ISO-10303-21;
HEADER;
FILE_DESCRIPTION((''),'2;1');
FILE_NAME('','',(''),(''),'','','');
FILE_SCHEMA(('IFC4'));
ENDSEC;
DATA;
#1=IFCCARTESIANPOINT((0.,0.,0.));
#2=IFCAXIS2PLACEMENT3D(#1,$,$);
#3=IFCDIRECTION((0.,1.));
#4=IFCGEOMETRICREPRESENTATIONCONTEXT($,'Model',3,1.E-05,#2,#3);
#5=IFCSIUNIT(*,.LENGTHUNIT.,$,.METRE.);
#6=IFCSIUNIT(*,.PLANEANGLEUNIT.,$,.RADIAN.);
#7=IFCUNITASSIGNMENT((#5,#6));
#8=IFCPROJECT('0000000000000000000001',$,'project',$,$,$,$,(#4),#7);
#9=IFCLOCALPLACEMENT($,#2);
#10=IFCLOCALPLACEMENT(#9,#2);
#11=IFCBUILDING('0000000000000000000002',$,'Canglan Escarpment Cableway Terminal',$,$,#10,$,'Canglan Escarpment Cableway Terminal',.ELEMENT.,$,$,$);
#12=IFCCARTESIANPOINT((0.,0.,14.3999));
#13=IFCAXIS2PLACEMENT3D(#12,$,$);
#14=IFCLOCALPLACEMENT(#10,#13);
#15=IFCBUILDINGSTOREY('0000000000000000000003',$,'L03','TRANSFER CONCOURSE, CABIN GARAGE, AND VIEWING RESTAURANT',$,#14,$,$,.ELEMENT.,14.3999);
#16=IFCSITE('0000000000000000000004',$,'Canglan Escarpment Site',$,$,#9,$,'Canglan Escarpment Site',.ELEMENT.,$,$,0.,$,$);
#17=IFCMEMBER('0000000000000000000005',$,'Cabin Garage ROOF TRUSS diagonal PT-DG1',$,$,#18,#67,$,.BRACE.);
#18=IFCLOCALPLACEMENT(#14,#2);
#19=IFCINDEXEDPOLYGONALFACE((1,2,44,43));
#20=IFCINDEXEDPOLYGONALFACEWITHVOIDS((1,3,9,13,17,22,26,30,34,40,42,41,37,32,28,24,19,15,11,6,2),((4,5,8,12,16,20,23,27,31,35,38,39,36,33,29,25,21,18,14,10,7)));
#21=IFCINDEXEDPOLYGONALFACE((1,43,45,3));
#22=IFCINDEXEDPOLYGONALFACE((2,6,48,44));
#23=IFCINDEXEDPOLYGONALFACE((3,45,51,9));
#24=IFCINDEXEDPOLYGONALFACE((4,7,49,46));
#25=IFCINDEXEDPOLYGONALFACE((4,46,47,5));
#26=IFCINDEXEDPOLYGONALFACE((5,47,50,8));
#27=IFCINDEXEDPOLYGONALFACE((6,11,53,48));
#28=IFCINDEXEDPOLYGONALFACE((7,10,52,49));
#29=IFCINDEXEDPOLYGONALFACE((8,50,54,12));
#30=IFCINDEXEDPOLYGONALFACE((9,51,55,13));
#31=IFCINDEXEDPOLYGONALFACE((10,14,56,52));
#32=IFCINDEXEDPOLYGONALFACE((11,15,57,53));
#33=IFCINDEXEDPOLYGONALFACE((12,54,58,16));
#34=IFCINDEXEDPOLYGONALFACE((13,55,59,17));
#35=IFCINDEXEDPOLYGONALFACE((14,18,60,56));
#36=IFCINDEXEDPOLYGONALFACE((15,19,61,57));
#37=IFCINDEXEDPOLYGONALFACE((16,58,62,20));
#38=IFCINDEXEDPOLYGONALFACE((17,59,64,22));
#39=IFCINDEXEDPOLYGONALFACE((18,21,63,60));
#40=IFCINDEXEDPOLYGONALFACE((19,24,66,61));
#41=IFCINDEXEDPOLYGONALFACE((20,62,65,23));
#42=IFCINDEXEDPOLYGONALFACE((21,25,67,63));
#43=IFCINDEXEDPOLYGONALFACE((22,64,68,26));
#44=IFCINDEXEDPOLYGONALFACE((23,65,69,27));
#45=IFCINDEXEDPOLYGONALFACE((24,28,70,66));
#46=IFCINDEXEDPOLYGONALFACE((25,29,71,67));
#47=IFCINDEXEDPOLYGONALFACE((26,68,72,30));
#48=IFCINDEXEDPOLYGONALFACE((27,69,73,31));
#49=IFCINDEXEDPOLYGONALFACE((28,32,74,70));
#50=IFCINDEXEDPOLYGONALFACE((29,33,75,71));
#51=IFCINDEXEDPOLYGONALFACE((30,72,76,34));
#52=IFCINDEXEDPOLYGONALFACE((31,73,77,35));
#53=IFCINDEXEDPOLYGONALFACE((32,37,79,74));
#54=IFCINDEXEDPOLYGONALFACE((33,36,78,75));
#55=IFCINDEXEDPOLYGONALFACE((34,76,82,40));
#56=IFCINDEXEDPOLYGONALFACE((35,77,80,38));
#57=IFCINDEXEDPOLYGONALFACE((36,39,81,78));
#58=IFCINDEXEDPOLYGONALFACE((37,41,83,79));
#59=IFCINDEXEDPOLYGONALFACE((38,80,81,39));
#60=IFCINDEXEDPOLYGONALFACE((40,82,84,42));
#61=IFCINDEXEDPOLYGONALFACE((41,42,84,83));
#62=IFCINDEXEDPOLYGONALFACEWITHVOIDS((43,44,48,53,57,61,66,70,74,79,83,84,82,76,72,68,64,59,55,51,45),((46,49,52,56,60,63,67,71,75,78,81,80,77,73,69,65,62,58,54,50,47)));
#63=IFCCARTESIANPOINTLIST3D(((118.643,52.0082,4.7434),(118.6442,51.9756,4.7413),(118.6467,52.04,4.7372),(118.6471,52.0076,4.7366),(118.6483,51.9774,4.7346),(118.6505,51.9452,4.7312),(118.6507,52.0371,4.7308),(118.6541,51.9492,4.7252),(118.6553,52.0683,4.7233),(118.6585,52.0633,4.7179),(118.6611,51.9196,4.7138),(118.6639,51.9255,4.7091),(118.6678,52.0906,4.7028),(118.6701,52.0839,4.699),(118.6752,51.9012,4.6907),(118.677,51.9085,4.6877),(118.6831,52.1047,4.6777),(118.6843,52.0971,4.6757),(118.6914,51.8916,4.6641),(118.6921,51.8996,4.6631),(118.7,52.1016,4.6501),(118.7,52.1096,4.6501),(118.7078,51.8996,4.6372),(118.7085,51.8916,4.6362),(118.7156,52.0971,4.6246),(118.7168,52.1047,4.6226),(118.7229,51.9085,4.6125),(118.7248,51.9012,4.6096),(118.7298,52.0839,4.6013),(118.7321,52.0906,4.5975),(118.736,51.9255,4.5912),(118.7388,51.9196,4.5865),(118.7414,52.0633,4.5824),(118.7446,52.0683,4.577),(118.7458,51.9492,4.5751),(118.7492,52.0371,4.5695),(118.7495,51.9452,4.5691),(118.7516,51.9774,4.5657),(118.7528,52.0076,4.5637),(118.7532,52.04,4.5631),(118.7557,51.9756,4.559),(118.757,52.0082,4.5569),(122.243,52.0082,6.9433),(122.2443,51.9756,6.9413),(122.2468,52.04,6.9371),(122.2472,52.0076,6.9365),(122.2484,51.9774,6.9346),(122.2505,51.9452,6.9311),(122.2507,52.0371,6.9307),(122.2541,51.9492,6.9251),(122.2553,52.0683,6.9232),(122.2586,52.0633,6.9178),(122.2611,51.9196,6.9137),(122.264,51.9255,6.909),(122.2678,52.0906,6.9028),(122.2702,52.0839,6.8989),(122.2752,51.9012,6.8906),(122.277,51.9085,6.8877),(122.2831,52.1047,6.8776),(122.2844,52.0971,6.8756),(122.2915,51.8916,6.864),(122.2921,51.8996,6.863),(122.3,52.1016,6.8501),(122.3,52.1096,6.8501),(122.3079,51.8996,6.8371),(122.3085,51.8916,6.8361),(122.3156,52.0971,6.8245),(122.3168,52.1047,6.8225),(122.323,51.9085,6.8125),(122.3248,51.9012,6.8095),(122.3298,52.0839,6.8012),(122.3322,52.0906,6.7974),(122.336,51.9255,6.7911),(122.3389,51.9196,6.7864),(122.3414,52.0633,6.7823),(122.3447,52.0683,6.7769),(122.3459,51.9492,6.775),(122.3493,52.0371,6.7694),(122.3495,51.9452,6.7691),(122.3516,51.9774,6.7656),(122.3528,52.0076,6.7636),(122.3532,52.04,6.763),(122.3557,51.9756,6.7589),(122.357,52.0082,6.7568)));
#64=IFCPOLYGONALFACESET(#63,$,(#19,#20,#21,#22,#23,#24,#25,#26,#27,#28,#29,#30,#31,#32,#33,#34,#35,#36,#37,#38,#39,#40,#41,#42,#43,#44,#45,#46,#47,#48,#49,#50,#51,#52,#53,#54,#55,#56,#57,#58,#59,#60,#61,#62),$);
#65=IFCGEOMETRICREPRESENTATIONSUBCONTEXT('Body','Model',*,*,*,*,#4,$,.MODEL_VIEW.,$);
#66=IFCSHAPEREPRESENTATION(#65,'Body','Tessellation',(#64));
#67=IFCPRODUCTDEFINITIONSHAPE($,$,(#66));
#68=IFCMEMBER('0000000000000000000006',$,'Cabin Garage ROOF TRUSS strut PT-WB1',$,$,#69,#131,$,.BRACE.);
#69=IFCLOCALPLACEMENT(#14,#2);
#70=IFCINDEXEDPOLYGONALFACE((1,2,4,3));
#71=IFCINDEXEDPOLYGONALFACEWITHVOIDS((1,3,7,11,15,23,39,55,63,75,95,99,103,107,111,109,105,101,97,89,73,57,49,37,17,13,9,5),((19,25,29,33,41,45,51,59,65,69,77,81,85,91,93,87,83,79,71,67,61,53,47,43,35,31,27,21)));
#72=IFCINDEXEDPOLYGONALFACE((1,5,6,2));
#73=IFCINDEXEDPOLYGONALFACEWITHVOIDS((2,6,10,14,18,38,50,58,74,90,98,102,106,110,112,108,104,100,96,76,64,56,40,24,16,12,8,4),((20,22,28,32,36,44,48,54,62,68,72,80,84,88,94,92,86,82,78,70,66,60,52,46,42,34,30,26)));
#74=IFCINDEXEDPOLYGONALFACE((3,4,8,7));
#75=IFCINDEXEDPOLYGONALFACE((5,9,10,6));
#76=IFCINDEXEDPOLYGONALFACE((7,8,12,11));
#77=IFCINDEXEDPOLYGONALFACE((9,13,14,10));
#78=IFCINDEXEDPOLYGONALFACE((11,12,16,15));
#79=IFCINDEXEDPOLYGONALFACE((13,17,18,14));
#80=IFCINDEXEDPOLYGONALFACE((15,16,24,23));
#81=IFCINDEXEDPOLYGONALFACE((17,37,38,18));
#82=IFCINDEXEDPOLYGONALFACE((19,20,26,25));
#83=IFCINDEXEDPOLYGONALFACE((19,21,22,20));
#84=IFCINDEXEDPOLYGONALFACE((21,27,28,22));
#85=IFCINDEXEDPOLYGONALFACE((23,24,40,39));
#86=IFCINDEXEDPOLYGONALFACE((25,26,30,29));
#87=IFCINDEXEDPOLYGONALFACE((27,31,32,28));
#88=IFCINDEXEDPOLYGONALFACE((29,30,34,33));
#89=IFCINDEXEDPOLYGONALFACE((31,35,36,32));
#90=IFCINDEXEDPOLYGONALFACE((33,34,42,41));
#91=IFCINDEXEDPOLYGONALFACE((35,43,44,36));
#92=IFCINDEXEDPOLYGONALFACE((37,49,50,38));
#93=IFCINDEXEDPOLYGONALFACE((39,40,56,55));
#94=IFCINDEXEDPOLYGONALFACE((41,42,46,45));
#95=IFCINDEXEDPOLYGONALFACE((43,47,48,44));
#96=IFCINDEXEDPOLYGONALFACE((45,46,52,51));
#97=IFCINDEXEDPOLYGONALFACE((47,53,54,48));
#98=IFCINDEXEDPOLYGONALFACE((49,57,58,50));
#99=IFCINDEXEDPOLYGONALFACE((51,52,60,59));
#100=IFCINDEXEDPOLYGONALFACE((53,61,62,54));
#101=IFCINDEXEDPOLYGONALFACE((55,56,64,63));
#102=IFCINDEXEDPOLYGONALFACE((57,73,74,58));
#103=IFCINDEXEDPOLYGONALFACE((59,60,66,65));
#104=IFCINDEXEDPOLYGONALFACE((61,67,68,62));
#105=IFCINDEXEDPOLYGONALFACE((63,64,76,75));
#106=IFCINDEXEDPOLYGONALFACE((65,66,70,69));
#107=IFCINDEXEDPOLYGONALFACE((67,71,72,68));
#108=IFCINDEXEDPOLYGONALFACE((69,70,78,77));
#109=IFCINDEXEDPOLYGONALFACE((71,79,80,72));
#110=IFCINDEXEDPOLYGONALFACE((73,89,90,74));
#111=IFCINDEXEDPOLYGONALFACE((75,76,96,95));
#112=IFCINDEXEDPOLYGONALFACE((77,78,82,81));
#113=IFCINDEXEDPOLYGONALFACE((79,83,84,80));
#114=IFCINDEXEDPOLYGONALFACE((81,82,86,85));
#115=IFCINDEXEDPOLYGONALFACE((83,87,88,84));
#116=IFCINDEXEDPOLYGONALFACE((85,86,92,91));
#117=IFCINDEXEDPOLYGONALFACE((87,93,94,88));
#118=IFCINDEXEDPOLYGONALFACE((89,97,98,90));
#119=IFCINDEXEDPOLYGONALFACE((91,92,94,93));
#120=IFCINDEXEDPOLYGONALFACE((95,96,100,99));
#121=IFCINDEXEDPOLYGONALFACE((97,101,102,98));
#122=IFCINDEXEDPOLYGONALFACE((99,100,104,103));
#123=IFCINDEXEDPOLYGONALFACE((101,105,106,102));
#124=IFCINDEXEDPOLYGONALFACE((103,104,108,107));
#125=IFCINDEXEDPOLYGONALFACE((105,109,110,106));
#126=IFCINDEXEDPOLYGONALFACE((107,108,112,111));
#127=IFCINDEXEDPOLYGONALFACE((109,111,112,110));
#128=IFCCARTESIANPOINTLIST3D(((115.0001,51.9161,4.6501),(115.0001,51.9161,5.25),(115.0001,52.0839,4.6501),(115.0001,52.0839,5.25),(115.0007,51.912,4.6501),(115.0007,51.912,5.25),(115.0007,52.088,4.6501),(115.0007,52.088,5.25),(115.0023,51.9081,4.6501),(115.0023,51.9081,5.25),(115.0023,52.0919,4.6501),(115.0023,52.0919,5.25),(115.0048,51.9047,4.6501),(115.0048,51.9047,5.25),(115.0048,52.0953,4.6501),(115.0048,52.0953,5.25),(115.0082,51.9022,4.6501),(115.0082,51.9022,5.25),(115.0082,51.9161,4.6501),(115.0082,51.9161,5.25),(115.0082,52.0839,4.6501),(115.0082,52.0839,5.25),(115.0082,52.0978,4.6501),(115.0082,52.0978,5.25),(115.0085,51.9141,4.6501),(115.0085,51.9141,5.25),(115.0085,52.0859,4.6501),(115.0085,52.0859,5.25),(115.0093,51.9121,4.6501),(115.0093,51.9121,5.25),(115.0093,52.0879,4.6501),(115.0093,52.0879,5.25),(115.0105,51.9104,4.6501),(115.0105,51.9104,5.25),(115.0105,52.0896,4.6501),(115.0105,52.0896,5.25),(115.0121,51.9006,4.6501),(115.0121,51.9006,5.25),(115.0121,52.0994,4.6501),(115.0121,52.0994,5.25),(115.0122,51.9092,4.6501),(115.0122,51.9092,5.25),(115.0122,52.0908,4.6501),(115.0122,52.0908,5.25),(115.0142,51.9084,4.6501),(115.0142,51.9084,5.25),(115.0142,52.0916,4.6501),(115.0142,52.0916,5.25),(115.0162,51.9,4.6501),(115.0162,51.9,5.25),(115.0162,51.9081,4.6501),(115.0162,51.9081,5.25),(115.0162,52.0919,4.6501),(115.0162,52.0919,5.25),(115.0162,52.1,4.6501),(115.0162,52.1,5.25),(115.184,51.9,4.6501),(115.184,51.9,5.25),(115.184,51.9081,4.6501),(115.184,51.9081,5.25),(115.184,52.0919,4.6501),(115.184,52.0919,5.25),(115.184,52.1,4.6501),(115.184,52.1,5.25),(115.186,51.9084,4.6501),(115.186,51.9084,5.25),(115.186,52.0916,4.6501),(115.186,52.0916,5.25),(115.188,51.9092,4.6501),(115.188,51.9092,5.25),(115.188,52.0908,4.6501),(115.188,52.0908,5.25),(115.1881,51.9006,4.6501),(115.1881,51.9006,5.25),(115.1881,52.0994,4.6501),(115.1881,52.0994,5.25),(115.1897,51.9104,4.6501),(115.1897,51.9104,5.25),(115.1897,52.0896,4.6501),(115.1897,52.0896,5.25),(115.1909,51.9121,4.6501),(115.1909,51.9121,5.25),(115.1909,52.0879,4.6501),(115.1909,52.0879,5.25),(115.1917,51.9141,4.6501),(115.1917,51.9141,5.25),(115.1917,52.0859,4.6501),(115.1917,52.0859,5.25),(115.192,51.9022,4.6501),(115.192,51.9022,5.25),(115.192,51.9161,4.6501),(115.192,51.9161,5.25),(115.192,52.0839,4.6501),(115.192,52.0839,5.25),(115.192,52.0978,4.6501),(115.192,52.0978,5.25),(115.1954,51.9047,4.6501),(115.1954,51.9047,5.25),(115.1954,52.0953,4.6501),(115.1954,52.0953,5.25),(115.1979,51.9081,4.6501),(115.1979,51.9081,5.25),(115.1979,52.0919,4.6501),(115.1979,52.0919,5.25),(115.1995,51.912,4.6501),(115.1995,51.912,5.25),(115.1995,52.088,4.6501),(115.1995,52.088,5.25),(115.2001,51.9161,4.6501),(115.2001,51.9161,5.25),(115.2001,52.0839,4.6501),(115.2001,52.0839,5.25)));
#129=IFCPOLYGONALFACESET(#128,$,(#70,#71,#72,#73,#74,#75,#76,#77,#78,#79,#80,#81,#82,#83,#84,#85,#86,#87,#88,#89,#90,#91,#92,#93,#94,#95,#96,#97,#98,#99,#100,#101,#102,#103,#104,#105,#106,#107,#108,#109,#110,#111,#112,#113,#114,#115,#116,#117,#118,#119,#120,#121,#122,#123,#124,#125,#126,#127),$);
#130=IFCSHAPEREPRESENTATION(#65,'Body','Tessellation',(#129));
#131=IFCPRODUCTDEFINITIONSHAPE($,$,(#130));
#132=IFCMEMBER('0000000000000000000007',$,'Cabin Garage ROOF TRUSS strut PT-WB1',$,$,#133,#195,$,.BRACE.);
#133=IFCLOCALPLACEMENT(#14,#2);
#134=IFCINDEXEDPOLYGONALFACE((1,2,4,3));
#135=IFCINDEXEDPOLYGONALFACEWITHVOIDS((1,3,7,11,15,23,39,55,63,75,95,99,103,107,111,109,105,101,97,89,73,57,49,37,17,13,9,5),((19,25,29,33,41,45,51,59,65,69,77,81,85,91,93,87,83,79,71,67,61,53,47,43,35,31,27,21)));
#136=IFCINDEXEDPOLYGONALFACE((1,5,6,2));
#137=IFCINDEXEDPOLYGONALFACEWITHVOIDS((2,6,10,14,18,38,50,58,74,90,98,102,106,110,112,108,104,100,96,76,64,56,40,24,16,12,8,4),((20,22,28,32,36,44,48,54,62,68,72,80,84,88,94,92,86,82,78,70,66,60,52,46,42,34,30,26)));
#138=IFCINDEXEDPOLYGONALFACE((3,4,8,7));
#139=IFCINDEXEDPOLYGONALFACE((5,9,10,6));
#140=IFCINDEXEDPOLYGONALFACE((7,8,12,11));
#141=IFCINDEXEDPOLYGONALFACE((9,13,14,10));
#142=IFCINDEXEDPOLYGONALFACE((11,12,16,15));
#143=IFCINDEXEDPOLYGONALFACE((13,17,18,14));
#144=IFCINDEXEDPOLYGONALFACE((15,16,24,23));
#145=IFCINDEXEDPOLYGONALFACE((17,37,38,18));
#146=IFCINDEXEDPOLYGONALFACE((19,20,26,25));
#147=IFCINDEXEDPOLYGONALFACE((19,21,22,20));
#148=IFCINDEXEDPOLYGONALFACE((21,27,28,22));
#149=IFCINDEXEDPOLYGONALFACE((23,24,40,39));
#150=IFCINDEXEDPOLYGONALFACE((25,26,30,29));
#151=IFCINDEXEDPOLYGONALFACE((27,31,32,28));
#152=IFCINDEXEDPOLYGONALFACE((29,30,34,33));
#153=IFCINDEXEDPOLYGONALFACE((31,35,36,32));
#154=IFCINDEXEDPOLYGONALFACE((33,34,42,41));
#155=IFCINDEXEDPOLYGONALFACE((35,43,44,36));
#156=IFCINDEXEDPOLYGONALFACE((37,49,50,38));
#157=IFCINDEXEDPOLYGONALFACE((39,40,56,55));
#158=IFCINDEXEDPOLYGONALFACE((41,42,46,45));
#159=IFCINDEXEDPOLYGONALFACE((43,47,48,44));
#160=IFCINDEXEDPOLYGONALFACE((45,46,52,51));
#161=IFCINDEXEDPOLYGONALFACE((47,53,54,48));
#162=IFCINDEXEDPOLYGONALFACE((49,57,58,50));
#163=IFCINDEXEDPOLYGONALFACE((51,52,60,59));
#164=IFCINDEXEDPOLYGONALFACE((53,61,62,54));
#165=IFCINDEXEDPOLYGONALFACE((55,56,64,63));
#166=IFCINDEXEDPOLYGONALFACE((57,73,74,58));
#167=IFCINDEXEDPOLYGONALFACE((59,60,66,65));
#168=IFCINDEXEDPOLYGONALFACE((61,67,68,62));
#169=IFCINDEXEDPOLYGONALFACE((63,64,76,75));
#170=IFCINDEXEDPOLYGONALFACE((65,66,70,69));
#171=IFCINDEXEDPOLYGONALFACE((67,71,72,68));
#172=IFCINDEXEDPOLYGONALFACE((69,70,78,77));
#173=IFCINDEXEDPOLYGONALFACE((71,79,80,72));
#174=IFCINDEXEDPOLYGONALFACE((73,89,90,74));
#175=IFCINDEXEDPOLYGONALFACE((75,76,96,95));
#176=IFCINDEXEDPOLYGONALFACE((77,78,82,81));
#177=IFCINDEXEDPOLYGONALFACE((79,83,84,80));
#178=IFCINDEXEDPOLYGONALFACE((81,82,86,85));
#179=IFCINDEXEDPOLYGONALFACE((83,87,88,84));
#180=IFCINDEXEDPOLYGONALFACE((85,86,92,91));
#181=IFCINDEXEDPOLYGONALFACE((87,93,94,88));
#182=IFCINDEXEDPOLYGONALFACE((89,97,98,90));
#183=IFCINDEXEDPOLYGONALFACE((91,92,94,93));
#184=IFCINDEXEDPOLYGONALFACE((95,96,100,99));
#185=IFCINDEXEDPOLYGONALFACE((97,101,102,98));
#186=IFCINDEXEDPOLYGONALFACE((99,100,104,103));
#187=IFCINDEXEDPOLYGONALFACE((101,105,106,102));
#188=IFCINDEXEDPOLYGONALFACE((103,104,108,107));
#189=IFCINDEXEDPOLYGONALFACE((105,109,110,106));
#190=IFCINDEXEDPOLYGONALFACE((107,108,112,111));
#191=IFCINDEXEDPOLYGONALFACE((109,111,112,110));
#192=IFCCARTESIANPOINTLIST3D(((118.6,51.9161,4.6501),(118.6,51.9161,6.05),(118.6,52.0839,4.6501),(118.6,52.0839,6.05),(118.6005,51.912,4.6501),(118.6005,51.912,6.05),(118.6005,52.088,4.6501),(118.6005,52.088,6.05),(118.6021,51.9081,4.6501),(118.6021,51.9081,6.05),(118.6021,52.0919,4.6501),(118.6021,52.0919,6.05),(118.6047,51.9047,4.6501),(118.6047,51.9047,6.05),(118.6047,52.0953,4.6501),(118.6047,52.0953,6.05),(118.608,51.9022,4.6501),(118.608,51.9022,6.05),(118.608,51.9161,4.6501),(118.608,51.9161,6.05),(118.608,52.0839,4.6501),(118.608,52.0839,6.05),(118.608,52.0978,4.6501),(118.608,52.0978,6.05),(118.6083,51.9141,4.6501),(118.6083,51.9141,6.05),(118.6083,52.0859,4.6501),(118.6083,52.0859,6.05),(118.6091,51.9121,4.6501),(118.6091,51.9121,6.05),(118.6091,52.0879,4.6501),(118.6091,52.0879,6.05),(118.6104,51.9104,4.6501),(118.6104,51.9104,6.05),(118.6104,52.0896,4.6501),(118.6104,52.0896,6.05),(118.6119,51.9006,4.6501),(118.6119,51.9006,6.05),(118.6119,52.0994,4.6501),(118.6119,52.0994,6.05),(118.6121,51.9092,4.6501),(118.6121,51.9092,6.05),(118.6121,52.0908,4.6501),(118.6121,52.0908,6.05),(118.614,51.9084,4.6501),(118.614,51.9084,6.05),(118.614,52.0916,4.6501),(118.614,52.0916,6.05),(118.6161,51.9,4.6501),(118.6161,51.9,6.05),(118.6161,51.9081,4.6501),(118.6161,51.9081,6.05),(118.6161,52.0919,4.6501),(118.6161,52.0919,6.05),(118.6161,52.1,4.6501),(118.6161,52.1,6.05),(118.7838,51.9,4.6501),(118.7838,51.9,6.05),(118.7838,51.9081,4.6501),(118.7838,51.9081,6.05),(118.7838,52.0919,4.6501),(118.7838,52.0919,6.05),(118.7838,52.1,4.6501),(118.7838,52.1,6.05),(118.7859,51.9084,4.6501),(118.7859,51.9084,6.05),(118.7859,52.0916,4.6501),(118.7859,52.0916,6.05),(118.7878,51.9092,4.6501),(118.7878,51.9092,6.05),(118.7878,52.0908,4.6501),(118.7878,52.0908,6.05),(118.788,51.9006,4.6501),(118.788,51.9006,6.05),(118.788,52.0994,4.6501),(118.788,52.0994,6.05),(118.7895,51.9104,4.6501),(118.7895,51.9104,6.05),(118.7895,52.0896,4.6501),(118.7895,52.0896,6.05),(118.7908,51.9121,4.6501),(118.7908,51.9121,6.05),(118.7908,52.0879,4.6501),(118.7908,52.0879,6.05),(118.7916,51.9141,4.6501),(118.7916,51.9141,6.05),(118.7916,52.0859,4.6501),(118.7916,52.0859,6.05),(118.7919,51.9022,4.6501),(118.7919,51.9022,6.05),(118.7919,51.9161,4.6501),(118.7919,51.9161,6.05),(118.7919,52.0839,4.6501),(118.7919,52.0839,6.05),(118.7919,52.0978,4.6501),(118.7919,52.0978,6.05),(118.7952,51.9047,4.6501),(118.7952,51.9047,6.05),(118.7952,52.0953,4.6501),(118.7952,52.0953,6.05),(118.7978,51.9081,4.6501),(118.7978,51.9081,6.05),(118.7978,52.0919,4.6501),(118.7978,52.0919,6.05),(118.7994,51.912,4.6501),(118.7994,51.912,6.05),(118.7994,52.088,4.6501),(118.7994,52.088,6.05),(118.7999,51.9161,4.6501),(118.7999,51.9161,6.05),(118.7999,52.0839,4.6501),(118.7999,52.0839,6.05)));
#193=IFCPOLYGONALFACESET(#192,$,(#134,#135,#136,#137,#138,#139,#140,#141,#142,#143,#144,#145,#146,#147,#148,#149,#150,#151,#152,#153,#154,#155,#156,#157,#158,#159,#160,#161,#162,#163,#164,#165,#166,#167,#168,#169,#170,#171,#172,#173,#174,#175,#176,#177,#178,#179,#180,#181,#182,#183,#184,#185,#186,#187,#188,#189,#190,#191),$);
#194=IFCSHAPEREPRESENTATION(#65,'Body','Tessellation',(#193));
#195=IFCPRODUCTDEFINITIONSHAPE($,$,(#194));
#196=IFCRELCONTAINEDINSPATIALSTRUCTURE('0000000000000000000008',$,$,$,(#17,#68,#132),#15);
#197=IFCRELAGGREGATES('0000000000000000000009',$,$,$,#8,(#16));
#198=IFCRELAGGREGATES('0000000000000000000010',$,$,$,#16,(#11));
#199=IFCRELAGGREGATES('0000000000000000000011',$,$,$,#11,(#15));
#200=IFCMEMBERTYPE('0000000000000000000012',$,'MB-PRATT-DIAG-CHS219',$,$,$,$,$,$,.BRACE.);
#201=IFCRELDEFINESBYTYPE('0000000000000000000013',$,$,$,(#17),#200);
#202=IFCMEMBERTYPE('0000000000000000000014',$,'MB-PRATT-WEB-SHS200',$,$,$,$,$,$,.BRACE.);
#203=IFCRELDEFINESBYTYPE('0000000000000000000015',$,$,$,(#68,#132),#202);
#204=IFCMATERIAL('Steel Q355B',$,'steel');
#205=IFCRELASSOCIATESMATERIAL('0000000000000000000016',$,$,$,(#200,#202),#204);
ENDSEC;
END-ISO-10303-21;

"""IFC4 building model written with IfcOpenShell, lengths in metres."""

from ifc_helpers import new_model, si_unit, direction, frame, origin, origin_2d, place, context, subcontext, project, spatial, hollow_rectangle, hollow_circle, extrude, material, material_profile, profile_set, type_object, element, save


model = new_model("IFC4")

# Units and contexts
model_context = context("Model", 3, precision=1e-05, world=origin(), true_north=direction((0.0, 1.0)))
body_context = subcontext(model_context, "Body", "Model", "MODEL_VIEW")
ifc_project = project(units=[si_unit("LENGTHUNIT", "METRE"), si_unit("PLANEANGLEUNIT", "RADIAN")], contexts=[model_context])

# Site, building, storey
site_placement = place(None, origin())
site = spatial("IfcSite", under=ifc_project, at=site_placement, Name="Canglan Escarpment Site", LongName="Canglan Escarpment Site", CompositionType="ELEMENT", RefElevation=0.0)
building_placement = place(site_placement, origin())
building = spatial("IfcBuilding", under=site, at=building_placement, Name="Canglan Escarpment Cableway Terminal", LongName="Canglan Escarpment Cableway Terminal", CompositionType="ELEMENT")
storey_placement = place(building_placement, frame((0.0, 0.0, 14.3999)))
storey = spatial("IfcBuildingStorey", under=building, at=storey_placement, Name="L03", Description="TRANSFER CONCOURSE, CABIN GARAGE, AND VIEWING RESTAURANT", CompositionType="ELEMENT", Elevation=14.3999)

# Shared definitions
ifc_material_1 = material(Name="Steel Q355B", Category="steel")

# Members
ifc_material_profile_1 = material_profile(ifc_material_1, hollow_circle(Radius=0.1096, WallThickness=0.0081, at=origin_2d()), Name="CHS 219.1x8")
ifc_profile_set_1 = profile_set([ifc_material_profile_1], Name="Steel Q355B")
member_type_1 = type_object("IfcMemberType", Name="MB-PRATT-DIAG-CHS219", PredefinedType="BRACE", material=ifc_profile_set_1)
member_1_placement = place(storey_placement, frame((118.7, 52.0, 4.6501), z_axis=(0.853293, 0.0, 0.521431), x_axis=(0.0, 1.0, 0.0)))
element("IfcMember", 1, at=member_1_placement, inside=storey, type_object=member_type_1, Name="Cabin Garage ROOF TRUSS diagonal PT-DG1", PredefinedType="BRACE", context=body_context, shape_type="SweptSolid", body=[
    extrude(hollow_circle(Radius=0.1096, WallThickness=0.0081, at=origin_2d()), origin(), (0.0, 0.0, 1.0), 4.219),
])
ifc_material_profile_2 = material_profile(ifc_material_1, hollow_rectangle(XDim=0.2, YDim=0.2, WallThickness=0.0081, InnerFilletRadius=0.0081, OuterFilletRadius=0.0161, at=origin_2d()), Name="SHS 200x200x8")
ifc_profile_set_2 = profile_set([ifc_material_profile_2], Name="Steel Q355B")
member_type_2 = type_object("IfcMemberType", Name="MB-PRATT-WEB-SHS200", PredefinedType="BRACE", material=ifc_profile_set_2)
member_2_placement = place(storey_placement, frame((115.1001, 52.0, 4.6501), z_axis=(0.0, 0.0, 1.0), x_axis=(1.0, 0.0, 0.0)))
element("IfcMember", 2, at=member_2_placement, inside=storey, type_object=member_type_2, Name="Cabin Garage ROOF TRUSS strut PT-WB1", PredefinedType="BRACE", context=body_context, shape_type="SweptSolid", body=[
    extrude(hollow_rectangle(XDim=0.2, YDim=0.2, WallThickness=0.0081, InnerFilletRadius=0.0081, OuterFilletRadius=0.0161, at=origin_2d()), origin(), (0.0, 0.0, 1.0), 0.5999),
])
member_3_placement = place(storey_placement, frame((118.7, 52.0, 4.6501), z_axis=(0.0, 0.0, 1.0), x_axis=(1.0, 0.0, 0.0)))
element("IfcMember", 3, at=member_3_placement, inside=storey, type_object=member_type_2, Name="Cabin Garage ROOF TRUSS strut PT-WB1", PredefinedType="BRACE", context=body_context, shape_type="SweptSolid", body=[
    extrude(hollow_rectangle(XDim=0.2, YDim=0.2, WallThickness=0.0081, InnerFilletRadius=0.0081, OuterFilletRadius=0.0161, at=origin_2d()), origin(), (0.0, 0.0, 1.0), 1.3999),
])

save(model, "model.ifc")
